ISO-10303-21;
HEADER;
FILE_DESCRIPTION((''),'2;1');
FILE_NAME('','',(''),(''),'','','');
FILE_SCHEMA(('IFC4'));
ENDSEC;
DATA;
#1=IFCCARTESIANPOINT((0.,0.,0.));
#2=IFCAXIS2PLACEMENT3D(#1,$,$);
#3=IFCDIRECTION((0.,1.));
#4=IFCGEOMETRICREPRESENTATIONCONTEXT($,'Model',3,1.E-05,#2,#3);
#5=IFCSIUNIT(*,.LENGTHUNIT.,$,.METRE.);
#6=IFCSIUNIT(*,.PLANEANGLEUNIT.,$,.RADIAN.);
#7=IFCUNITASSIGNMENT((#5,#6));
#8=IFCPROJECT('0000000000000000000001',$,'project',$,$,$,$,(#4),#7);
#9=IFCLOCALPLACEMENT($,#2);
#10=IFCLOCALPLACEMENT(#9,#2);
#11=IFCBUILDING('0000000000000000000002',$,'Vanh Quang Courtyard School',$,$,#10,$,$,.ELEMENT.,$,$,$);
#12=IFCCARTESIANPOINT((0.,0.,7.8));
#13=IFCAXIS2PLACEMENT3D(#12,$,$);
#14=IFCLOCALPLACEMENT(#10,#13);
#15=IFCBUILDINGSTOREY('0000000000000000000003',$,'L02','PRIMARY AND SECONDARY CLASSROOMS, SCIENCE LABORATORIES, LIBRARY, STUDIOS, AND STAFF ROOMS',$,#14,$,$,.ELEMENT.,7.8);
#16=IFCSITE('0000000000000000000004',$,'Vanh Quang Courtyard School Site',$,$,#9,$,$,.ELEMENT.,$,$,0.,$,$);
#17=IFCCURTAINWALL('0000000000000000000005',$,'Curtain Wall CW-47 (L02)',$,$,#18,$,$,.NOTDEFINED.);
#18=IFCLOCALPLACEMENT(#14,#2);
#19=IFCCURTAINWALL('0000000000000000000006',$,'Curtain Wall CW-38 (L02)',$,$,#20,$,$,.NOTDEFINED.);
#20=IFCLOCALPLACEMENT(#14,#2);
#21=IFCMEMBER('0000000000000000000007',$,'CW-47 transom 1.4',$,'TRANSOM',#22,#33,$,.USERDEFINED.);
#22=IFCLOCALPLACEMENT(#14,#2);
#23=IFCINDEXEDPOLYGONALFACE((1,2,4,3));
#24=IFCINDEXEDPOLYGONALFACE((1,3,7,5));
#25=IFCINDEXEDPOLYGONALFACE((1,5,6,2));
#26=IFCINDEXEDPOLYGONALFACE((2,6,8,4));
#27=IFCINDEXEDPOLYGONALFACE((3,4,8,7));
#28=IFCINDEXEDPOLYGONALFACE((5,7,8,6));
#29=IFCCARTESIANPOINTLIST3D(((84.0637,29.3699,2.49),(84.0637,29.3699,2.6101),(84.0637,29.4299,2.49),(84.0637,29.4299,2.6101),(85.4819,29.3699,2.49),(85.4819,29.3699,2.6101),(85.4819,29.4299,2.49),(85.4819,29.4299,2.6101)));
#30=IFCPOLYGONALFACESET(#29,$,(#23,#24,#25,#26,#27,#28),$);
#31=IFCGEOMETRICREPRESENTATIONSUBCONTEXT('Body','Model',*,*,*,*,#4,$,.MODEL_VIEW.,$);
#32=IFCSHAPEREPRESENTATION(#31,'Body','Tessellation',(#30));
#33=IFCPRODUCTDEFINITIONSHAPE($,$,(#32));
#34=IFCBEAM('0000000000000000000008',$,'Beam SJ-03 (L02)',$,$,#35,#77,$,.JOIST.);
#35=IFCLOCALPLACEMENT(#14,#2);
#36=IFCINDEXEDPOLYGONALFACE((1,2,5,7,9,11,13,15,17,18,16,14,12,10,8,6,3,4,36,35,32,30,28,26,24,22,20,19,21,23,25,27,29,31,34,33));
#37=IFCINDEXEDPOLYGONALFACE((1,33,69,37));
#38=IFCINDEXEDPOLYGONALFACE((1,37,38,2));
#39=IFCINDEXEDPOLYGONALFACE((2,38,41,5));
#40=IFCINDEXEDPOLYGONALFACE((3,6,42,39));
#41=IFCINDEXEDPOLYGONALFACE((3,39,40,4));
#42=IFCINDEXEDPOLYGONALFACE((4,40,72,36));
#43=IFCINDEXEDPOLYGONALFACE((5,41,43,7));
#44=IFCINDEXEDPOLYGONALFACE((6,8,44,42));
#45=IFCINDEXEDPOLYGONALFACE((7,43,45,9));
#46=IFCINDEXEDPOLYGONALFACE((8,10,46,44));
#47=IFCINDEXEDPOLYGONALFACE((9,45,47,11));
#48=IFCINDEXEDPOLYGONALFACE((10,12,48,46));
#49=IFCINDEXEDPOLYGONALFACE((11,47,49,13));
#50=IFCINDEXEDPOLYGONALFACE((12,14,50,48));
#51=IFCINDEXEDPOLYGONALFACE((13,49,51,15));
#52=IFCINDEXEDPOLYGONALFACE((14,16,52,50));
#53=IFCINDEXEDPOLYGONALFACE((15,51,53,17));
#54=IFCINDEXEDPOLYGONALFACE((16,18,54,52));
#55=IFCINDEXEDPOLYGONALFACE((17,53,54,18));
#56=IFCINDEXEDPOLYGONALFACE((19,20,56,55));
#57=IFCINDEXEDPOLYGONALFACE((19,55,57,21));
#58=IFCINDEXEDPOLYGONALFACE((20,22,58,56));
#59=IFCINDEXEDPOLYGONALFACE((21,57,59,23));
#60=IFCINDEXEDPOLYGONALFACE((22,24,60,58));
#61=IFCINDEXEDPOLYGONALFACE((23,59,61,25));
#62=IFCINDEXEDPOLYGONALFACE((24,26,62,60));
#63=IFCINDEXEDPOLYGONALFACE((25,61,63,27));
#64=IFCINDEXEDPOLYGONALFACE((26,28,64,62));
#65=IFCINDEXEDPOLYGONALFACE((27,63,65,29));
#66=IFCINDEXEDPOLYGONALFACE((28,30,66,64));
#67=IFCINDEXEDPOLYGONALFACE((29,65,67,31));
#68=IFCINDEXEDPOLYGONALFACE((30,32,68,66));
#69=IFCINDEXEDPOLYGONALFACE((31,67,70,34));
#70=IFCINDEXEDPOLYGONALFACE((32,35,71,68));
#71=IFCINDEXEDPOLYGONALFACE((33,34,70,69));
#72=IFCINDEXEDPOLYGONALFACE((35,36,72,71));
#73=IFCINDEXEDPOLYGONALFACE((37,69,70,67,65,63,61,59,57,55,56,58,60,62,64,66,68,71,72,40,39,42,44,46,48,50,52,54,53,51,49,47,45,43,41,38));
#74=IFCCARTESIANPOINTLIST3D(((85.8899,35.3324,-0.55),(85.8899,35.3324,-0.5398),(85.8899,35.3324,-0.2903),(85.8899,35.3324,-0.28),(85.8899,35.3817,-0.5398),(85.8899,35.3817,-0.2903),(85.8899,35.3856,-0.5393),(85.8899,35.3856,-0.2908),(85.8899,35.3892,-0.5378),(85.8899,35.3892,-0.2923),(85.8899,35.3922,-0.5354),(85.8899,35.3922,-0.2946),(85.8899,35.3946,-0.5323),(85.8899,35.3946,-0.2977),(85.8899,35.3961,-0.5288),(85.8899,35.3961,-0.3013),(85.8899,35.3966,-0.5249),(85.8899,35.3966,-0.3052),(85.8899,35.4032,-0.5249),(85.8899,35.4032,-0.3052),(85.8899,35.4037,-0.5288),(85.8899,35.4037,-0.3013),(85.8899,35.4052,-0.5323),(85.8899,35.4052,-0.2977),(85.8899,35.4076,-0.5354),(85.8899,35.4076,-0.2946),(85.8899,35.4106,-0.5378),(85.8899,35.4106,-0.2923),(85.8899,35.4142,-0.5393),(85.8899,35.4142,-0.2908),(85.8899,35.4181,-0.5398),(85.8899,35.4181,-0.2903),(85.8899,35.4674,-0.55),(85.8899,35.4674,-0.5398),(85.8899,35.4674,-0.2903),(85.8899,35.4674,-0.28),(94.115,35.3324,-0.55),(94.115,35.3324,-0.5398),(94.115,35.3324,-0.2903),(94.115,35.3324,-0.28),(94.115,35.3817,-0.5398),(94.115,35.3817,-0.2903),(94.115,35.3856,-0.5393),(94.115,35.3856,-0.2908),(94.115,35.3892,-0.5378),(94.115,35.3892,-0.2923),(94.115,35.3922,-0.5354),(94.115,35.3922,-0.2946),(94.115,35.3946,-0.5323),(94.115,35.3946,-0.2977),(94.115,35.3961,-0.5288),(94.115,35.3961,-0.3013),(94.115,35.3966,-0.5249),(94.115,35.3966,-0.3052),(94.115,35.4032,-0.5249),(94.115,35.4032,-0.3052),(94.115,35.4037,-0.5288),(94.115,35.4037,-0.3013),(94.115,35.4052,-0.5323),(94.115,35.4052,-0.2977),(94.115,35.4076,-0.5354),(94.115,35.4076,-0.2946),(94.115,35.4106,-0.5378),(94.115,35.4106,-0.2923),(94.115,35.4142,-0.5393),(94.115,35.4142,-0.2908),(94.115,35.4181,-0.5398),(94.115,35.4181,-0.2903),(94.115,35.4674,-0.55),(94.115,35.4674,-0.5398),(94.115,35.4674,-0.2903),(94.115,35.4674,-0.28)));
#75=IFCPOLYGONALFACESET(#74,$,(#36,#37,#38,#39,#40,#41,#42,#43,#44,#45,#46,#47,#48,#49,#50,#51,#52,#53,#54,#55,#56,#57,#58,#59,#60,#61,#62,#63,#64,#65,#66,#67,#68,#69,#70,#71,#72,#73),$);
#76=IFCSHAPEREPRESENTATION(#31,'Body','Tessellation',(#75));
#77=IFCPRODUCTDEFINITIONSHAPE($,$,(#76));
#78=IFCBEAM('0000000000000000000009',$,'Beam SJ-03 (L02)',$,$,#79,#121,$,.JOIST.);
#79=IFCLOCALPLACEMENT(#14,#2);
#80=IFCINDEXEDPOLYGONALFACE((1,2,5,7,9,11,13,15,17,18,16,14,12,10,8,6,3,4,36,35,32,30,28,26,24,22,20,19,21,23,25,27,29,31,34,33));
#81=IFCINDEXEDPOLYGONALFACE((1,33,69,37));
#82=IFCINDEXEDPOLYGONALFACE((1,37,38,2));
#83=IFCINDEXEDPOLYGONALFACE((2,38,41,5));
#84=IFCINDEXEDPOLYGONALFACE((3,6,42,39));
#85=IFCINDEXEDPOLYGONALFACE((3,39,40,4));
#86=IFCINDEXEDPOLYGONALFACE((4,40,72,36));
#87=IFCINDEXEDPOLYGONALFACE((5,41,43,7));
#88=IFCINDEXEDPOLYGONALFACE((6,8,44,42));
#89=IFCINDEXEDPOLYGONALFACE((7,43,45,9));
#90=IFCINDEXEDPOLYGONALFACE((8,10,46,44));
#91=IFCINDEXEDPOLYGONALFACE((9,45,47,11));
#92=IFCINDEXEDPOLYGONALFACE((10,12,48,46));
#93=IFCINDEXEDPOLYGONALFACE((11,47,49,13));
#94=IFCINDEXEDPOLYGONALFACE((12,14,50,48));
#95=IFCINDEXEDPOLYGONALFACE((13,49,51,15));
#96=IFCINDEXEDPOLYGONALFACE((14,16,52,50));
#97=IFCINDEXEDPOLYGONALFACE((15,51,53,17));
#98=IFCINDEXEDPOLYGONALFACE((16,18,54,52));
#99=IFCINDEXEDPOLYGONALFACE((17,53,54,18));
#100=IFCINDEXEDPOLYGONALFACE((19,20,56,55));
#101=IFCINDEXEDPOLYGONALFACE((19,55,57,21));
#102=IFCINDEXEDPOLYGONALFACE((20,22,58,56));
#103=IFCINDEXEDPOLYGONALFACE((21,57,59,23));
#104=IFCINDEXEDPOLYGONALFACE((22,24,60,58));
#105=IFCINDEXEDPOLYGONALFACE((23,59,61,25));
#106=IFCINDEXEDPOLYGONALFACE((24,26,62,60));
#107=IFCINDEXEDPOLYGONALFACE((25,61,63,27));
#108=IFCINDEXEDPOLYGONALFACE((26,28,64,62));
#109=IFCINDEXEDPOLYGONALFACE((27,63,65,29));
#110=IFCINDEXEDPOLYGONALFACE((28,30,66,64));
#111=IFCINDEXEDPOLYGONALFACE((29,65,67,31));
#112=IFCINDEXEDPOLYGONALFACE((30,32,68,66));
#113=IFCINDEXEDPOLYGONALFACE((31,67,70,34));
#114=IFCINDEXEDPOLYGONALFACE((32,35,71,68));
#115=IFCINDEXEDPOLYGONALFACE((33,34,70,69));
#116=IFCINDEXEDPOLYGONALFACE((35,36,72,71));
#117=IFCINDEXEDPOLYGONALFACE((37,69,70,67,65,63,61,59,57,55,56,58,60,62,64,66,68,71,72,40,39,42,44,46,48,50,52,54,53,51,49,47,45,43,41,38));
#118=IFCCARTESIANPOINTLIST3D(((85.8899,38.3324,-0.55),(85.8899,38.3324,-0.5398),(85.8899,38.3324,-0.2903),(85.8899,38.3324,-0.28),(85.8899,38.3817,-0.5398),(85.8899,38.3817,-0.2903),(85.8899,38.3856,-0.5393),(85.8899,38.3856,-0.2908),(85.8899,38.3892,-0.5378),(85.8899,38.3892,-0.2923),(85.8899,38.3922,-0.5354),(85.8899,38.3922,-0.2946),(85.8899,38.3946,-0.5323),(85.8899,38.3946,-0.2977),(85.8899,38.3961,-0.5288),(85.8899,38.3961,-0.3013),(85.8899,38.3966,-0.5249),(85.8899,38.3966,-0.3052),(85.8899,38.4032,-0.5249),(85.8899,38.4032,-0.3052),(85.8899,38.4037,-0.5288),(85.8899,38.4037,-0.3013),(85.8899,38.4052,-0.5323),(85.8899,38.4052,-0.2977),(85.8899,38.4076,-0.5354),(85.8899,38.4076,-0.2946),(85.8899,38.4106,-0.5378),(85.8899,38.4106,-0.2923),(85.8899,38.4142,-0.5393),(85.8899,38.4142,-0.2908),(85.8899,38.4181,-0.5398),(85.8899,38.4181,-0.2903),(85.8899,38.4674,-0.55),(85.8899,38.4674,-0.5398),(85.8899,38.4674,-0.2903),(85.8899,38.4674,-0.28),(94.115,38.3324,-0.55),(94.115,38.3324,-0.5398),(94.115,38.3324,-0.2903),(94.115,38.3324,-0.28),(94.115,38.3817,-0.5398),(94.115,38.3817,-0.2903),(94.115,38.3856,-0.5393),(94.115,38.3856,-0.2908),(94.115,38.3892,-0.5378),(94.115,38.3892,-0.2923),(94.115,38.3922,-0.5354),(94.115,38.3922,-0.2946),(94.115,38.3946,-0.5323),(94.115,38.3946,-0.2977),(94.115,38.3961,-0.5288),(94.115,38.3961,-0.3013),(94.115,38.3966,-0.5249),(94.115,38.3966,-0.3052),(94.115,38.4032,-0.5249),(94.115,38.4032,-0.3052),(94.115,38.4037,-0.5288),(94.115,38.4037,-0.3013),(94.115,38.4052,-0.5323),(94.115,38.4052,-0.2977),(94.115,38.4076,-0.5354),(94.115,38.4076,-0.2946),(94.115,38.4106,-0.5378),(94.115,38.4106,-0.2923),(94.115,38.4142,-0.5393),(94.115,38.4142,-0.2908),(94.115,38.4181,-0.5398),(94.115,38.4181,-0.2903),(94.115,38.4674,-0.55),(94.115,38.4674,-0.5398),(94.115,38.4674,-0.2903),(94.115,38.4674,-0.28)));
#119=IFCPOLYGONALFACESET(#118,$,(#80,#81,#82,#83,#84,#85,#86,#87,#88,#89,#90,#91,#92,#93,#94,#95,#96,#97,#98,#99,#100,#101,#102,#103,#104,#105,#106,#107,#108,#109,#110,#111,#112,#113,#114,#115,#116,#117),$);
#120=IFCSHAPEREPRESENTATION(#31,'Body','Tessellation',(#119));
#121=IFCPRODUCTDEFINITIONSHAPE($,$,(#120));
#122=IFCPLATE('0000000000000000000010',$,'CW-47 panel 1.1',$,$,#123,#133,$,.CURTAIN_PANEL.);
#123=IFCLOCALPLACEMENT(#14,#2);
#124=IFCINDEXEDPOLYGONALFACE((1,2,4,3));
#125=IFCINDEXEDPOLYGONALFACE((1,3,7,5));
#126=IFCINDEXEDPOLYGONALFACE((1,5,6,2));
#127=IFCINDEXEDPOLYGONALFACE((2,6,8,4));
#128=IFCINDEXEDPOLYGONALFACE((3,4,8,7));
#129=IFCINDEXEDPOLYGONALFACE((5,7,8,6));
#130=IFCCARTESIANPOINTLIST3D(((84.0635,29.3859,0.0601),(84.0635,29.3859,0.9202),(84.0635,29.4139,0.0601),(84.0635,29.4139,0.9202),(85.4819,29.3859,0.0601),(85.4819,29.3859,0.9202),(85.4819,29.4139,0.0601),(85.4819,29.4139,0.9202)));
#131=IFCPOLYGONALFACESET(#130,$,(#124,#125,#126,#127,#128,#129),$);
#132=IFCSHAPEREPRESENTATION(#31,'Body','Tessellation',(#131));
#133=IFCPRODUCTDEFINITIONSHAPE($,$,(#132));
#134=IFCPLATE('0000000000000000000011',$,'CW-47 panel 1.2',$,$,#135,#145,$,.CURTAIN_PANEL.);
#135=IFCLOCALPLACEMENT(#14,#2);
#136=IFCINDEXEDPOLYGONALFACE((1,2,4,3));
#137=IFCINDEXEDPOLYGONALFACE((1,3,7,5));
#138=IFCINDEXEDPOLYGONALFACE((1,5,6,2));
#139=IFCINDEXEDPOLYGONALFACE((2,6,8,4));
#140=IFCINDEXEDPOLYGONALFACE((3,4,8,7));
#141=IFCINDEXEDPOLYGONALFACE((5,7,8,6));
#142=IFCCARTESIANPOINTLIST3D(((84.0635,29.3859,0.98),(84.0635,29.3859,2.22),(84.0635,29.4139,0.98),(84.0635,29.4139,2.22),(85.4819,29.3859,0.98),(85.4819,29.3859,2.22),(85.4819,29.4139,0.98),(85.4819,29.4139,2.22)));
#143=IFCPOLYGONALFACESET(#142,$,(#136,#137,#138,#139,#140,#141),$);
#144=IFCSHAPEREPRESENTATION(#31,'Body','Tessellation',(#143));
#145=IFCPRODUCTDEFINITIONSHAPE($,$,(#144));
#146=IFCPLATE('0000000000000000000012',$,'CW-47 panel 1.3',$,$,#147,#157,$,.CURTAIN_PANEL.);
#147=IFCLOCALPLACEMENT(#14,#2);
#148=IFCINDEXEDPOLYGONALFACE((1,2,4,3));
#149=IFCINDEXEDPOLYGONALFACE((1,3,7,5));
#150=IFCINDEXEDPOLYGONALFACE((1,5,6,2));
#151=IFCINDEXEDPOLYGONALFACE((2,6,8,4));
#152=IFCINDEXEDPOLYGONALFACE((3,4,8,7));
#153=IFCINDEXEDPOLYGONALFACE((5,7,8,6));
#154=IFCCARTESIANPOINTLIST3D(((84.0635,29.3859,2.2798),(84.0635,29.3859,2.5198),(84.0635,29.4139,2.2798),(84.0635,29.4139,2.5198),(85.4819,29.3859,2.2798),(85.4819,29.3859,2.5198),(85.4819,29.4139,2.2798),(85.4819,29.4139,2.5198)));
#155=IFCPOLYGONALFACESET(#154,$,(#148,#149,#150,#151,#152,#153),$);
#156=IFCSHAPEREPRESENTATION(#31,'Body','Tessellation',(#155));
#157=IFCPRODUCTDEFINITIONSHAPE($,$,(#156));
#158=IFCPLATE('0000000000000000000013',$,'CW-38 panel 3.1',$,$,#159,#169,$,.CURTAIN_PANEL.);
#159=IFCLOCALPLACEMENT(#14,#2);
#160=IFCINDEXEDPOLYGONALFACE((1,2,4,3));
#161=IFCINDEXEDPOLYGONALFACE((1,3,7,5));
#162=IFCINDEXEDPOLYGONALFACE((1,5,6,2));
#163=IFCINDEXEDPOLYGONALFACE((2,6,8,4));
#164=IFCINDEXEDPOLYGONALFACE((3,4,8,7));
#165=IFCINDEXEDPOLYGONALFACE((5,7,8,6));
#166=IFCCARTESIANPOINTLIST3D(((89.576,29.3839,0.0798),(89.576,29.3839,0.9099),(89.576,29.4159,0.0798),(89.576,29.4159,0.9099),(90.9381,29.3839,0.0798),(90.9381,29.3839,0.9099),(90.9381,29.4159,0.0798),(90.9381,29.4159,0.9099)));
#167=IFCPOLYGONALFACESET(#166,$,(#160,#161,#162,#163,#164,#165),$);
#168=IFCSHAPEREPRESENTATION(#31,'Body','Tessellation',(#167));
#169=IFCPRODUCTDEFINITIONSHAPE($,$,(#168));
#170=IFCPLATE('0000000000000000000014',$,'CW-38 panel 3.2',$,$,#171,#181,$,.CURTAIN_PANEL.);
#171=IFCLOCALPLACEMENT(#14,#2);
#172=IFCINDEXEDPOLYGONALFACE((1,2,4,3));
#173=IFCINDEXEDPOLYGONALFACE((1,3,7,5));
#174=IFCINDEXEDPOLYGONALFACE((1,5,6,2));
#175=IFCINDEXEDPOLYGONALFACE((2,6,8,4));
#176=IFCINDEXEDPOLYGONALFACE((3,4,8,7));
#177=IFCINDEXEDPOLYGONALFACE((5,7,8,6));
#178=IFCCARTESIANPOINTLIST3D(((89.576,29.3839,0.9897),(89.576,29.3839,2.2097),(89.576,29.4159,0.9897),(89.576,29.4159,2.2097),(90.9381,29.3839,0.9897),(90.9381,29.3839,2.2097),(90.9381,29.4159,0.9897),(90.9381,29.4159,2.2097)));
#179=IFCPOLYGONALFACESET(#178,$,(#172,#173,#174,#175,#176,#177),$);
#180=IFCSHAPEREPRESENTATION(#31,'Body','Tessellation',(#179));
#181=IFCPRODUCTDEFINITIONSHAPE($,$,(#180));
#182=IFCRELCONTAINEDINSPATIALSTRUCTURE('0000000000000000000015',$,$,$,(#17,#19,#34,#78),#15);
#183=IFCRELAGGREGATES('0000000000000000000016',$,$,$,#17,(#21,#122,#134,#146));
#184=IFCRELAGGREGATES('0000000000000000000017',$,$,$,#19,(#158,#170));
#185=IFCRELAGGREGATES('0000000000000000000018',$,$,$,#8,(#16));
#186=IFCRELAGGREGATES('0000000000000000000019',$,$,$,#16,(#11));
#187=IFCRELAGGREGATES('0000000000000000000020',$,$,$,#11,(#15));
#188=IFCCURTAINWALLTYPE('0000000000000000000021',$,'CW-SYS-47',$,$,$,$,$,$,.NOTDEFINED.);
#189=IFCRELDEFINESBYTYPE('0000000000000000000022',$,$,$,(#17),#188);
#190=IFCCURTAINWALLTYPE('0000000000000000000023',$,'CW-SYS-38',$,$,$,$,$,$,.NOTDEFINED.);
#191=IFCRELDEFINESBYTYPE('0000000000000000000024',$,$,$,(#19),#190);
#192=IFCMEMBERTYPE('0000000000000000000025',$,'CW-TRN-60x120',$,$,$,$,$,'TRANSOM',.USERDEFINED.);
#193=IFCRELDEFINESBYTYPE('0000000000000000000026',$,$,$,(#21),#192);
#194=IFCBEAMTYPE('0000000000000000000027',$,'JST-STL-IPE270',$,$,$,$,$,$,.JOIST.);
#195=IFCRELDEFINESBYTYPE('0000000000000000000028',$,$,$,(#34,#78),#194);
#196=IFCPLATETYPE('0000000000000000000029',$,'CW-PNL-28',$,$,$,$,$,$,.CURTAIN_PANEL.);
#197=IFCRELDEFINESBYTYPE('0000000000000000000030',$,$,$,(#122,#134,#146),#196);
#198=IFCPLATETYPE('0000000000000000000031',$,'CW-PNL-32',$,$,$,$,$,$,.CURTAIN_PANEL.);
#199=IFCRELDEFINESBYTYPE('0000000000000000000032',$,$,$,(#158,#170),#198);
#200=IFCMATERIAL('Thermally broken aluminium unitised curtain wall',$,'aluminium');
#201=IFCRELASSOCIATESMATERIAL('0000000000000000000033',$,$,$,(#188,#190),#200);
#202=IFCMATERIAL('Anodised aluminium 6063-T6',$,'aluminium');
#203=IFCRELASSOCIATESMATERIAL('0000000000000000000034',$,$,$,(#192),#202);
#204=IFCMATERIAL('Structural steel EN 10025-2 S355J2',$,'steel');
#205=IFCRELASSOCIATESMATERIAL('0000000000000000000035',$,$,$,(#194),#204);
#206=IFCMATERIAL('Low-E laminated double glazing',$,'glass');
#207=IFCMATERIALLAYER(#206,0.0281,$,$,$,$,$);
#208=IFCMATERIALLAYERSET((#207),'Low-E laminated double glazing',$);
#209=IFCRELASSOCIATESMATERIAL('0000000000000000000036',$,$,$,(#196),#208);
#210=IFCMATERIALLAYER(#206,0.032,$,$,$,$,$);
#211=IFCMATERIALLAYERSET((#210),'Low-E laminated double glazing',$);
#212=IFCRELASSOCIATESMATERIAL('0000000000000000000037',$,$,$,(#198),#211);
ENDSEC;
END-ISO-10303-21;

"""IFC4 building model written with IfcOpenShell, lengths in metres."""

from ifc_helpers import new_model, si_unit, direction, frame, origin, origin_2d, place, context, subcontext, project, spatial, rectangle, i_section, extrude, material, layer, layer_set, material_profile, profile_set, type_object, element, aggregate, save


model = new_model("IFC4")

# Units and contexts
model_context = context("Model", 3, precision=1e-05, world=origin(), true_north=direction((0.0, 1.0)))
body_context = subcontext(model_context, "Body", "Model", "MODEL_VIEW")
ifc_project = project(units=[si_unit("LENGTHUNIT", "METRE"), si_unit("PLANEANGLEUNIT", "RADIAN")], contexts=[model_context])

# Site, building, storey
site_placement = place(None, origin())
site = spatial("IfcSite", under=ifc_project, at=site_placement, Name="Vanh Quang Courtyard School Site", CompositionType="ELEMENT", RefElevation=0.0)
building_placement = place(site_placement, origin())
building = spatial("IfcBuilding", under=site, at=building_placement, Name="Vanh Quang Courtyard School", CompositionType="ELEMENT")
storey_placement = place(building_placement, frame((0.0, 0.0, 7.8)))
storey = spatial("IfcBuildingStorey", under=building, at=storey_placement, Name="L02", Description="PRIMARY AND SECONDARY CLASSROOMS, SCIENCE LABORATORIES, LIBRARY, STUDIOS, AND STAFF ROOMS", CompositionType="ELEMENT", Elevation=7.8)

# Shared definitions
ifc_material_1 = material(Name="Structural steel EN 10025-2 S355J2", Category="steel")

# Curtain wall
ifc_material_2 = material(Name="Thermally broken aluminium unitised curtain wall", Category="aluminium")
curtain_wall_type_1 = type_object("IfcCurtainWallType", Name="CW-SYS-47", PredefinedType="NOTDEFINED", material=ifc_material_2)
curtain_wall_1_placement = place(storey_placement, origin())
curtain_wall_1 = element("IfcCurtainWall", 1, at=curtain_wall_1_placement, inside=storey, type_object=curtain_wall_type_1, Name="Curtain Wall CW-47 (L02)", PredefinedType="NOTDEFINED")
ifc_material_3 = material(Name="Anodised aluminium 6063-T6", Category="aluminium")

# Curtain wall
curtain_wall_type_2 = type_object("IfcCurtainWallType", Name="CW-SYS-38", PredefinedType="NOTDEFINED", material=ifc_material_2)
curtain_wall_2_placement = place(storey_placement, origin())
curtain_wall_2 = element("IfcCurtainWall", 2, at=curtain_wall_2_placement, inside=storey, type_object=curtain_wall_type_2, Name="Curtain Wall CW-38 (L02)", PredefinedType="NOTDEFINED")

# Member
ifc_material_profile_1 = material_profile(ifc_material_3, rectangle(XDim=0.0601, YDim=0.1201, at=origin_2d()), Name="ALU-TRN 60x120")
ifc_profile_set_1 = profile_set([ifc_material_profile_1], Name="Anodised aluminium 6063-T6")
member_type_1 = type_object("IfcMemberType", Name="CW-TRN-60x120", ElementType="TRANSOM", PredefinedType="USERDEFINED", material=ifc_profile_set_1)
member_1_placement = place(storey_placement, frame((85.4819, 29.3999, 2.55), z_axis=(-1.0, 0.0, 0.0), x_axis=(0.0, -1.0, 0.0)))
member_1 = element("IfcMember", 3, at=member_1_placement, type_object=member_type_1, Name="CW-47 transom 1.4", ObjectType="TRANSOM", PredefinedType="USERDEFINED", context=body_context, shape_type="SweptSolid", body=[
    extrude(rectangle(XDim=0.0601, YDim=0.1201, at=origin_2d()), origin(), (0.0, 0.0, 1.0), 1.4182),
])

# Beams
ifc_material_profile_2 = material_profile(ifc_material_1, i_section(OverallWidth=0.135, OverallDepth=0.27, WebThickness=0.0066, FlangeThickness=0.0103, FilletRadius=0.0149, at=origin_2d()), Name="IPE 270")
ifc_profile_set_2 = profile_set([ifc_material_profile_2], Name="Structural steel EN 10025-2 S355J2")
beam_type_1 = type_object("IfcBeamType", Name="JST-STL-IPE270", PredefinedType="JOIST", material=ifc_profile_set_2)
for number, where, z_axis, x_axis, name in (
    (4, (85.8899, 35.3999, -0.415), (1.0, 0.0, 0.0), (0.0, 1.0, 0.0), "Beam SJ-03 (L02)"),
    (5, (85.8899, 38.3999, -0.415), (1.0, 0.0, 0.0), (0.0, 1.0, 0.0), "Beam SJ-03 (L02)"),
):
    element("IfcBeam", number, at=place(storey_placement, frame(where, z_axis=z_axis, x_axis=x_axis)), inside=storey, type_object=beam_type_1, Name=name, PredefinedType="JOIST", context=body_context, shape_type="SweptSolid", body=[
        extrude(i_section(OverallWidth=0.135, OverallDepth=0.27, WebThickness=0.0066, FlangeThickness=0.0103, FilletRadius=0.0149, at=origin_2d()), origin(), (0.0, 0.0, 1.0), 8.2251),
    ])

# Plates
ifc_material_4 = material(Name="Low-E laminated double glazing", Category="glass")
ifc_layer_1 = layer(ifc_material_4, 0.0281)
ifc_layer_set_1 = layer_set([ifc_layer_1], Name="Low-E laminated double glazing")
plate_type_1 = type_object("IfcPlateType", Name="CW-PNL-28", PredefinedType="CURTAIN_PANEL", material=ifc_layer_set_1)
plate_1_placement = place(storey_placement, frame((84.7727, 29.3999, 0.0601), z_axis=(0.0, 0.0, 1.0), x_axis=(-1.0, 0.0, 0.0)))
plate_1 = element("IfcPlate", 6, at=plate_1_placement, type_object=plate_type_1, Name="CW-47 panel 1.1", PredefinedType="CURTAIN_PANEL", context=body_context, shape_type="SweptSolid", body=[
    extrude(rectangle(XDim=1.4185, YDim=0.0281, at=origin_2d()), origin(), (0.0, 0.0, 1.0), 0.8601),
])
plate_2_placement = place(storey_placement, frame((84.7727, 29.3999, 0.98), z_axis=(0.0, 0.0, 1.0), x_axis=(-1.0, 0.0, 0.0)))
plate_2 = element("IfcPlate", 7, at=plate_2_placement, type_object=plate_type_1, Name="CW-47 panel 1.2", PredefinedType="CURTAIN_PANEL", context=body_context, shape_type="SweptSolid", body=[
    extrude(rectangle(XDim=1.4185, YDim=0.0281, at=origin_2d()), origin(), (0.0, 0.0, 1.0), 1.24),
])
plate_3_placement = place(storey_placement, frame((84.7727, 29.3999, 2.2798), z_axis=(0.0, 0.0, 1.0), x_axis=(-1.0, 0.0, 0.0)))
plate_3 = element("IfcPlate", 8, at=plate_3_placement, type_object=plate_type_1, Name="CW-47 panel 1.3", PredefinedType="CURTAIN_PANEL", context=body_context, shape_type="SweptSolid", body=[
    extrude(rectangle(XDim=1.4185, YDim=0.0281, at=origin_2d()), origin(), (0.0, 0.0, 1.0), 0.24),
])
aggregate(curtain_wall_1, [member_1, plate_1, plate_2, plate_3])
ifc_layer_2 = layer(ifc_material_4, 0.032)
ifc_layer_set_2 = layer_set([ifc_layer_2], Name="Low-E laminated double glazing")
plate_type_2 = type_object("IfcPlateType", Name="CW-PNL-32", PredefinedType="CURTAIN_PANEL", material=ifc_layer_set_2)
plate_4_placement = place(storey_placement, frame((90.2571, 29.3999, 0.0798), z_axis=(0.0, 0.0, 1.0), x_axis=(-1.0, 0.0, 0.0)))
plate_4 = element("IfcPlate", 9, at=plate_4_placement, type_object=plate_type_2, Name="CW-38 panel 3.1", PredefinedType="CURTAIN_PANEL", context=body_context, shape_type="SweptSolid", body=[
    extrude(rectangle(XDim=1.3621, YDim=0.032, at=origin_2d()), origin(), (0.0, 0.0, 1.0), 0.8301),
])
plate_5_placement = place(storey_placement, frame((90.2571, 29.3999, 0.9897), z_axis=(0.0, 0.0, 1.0), x_axis=(-1.0, 0.0, 0.0)))
plate_5 = element("IfcPlate", 10, at=plate_5_placement, type_object=plate_type_2, Name="CW-38 panel 3.2", PredefinedType="CURTAIN_PANEL", context=body_context, shape_type="SweptSolid", body=[
    extrude(rectangle(XDim=1.3621, YDim=0.032, at=origin_2d()), origin(), (0.0, 0.0, 1.0), 1.22),
])
aggregate(curtain_wall_2, [plate_4, plate_5])

save(model, "model.ifc")
